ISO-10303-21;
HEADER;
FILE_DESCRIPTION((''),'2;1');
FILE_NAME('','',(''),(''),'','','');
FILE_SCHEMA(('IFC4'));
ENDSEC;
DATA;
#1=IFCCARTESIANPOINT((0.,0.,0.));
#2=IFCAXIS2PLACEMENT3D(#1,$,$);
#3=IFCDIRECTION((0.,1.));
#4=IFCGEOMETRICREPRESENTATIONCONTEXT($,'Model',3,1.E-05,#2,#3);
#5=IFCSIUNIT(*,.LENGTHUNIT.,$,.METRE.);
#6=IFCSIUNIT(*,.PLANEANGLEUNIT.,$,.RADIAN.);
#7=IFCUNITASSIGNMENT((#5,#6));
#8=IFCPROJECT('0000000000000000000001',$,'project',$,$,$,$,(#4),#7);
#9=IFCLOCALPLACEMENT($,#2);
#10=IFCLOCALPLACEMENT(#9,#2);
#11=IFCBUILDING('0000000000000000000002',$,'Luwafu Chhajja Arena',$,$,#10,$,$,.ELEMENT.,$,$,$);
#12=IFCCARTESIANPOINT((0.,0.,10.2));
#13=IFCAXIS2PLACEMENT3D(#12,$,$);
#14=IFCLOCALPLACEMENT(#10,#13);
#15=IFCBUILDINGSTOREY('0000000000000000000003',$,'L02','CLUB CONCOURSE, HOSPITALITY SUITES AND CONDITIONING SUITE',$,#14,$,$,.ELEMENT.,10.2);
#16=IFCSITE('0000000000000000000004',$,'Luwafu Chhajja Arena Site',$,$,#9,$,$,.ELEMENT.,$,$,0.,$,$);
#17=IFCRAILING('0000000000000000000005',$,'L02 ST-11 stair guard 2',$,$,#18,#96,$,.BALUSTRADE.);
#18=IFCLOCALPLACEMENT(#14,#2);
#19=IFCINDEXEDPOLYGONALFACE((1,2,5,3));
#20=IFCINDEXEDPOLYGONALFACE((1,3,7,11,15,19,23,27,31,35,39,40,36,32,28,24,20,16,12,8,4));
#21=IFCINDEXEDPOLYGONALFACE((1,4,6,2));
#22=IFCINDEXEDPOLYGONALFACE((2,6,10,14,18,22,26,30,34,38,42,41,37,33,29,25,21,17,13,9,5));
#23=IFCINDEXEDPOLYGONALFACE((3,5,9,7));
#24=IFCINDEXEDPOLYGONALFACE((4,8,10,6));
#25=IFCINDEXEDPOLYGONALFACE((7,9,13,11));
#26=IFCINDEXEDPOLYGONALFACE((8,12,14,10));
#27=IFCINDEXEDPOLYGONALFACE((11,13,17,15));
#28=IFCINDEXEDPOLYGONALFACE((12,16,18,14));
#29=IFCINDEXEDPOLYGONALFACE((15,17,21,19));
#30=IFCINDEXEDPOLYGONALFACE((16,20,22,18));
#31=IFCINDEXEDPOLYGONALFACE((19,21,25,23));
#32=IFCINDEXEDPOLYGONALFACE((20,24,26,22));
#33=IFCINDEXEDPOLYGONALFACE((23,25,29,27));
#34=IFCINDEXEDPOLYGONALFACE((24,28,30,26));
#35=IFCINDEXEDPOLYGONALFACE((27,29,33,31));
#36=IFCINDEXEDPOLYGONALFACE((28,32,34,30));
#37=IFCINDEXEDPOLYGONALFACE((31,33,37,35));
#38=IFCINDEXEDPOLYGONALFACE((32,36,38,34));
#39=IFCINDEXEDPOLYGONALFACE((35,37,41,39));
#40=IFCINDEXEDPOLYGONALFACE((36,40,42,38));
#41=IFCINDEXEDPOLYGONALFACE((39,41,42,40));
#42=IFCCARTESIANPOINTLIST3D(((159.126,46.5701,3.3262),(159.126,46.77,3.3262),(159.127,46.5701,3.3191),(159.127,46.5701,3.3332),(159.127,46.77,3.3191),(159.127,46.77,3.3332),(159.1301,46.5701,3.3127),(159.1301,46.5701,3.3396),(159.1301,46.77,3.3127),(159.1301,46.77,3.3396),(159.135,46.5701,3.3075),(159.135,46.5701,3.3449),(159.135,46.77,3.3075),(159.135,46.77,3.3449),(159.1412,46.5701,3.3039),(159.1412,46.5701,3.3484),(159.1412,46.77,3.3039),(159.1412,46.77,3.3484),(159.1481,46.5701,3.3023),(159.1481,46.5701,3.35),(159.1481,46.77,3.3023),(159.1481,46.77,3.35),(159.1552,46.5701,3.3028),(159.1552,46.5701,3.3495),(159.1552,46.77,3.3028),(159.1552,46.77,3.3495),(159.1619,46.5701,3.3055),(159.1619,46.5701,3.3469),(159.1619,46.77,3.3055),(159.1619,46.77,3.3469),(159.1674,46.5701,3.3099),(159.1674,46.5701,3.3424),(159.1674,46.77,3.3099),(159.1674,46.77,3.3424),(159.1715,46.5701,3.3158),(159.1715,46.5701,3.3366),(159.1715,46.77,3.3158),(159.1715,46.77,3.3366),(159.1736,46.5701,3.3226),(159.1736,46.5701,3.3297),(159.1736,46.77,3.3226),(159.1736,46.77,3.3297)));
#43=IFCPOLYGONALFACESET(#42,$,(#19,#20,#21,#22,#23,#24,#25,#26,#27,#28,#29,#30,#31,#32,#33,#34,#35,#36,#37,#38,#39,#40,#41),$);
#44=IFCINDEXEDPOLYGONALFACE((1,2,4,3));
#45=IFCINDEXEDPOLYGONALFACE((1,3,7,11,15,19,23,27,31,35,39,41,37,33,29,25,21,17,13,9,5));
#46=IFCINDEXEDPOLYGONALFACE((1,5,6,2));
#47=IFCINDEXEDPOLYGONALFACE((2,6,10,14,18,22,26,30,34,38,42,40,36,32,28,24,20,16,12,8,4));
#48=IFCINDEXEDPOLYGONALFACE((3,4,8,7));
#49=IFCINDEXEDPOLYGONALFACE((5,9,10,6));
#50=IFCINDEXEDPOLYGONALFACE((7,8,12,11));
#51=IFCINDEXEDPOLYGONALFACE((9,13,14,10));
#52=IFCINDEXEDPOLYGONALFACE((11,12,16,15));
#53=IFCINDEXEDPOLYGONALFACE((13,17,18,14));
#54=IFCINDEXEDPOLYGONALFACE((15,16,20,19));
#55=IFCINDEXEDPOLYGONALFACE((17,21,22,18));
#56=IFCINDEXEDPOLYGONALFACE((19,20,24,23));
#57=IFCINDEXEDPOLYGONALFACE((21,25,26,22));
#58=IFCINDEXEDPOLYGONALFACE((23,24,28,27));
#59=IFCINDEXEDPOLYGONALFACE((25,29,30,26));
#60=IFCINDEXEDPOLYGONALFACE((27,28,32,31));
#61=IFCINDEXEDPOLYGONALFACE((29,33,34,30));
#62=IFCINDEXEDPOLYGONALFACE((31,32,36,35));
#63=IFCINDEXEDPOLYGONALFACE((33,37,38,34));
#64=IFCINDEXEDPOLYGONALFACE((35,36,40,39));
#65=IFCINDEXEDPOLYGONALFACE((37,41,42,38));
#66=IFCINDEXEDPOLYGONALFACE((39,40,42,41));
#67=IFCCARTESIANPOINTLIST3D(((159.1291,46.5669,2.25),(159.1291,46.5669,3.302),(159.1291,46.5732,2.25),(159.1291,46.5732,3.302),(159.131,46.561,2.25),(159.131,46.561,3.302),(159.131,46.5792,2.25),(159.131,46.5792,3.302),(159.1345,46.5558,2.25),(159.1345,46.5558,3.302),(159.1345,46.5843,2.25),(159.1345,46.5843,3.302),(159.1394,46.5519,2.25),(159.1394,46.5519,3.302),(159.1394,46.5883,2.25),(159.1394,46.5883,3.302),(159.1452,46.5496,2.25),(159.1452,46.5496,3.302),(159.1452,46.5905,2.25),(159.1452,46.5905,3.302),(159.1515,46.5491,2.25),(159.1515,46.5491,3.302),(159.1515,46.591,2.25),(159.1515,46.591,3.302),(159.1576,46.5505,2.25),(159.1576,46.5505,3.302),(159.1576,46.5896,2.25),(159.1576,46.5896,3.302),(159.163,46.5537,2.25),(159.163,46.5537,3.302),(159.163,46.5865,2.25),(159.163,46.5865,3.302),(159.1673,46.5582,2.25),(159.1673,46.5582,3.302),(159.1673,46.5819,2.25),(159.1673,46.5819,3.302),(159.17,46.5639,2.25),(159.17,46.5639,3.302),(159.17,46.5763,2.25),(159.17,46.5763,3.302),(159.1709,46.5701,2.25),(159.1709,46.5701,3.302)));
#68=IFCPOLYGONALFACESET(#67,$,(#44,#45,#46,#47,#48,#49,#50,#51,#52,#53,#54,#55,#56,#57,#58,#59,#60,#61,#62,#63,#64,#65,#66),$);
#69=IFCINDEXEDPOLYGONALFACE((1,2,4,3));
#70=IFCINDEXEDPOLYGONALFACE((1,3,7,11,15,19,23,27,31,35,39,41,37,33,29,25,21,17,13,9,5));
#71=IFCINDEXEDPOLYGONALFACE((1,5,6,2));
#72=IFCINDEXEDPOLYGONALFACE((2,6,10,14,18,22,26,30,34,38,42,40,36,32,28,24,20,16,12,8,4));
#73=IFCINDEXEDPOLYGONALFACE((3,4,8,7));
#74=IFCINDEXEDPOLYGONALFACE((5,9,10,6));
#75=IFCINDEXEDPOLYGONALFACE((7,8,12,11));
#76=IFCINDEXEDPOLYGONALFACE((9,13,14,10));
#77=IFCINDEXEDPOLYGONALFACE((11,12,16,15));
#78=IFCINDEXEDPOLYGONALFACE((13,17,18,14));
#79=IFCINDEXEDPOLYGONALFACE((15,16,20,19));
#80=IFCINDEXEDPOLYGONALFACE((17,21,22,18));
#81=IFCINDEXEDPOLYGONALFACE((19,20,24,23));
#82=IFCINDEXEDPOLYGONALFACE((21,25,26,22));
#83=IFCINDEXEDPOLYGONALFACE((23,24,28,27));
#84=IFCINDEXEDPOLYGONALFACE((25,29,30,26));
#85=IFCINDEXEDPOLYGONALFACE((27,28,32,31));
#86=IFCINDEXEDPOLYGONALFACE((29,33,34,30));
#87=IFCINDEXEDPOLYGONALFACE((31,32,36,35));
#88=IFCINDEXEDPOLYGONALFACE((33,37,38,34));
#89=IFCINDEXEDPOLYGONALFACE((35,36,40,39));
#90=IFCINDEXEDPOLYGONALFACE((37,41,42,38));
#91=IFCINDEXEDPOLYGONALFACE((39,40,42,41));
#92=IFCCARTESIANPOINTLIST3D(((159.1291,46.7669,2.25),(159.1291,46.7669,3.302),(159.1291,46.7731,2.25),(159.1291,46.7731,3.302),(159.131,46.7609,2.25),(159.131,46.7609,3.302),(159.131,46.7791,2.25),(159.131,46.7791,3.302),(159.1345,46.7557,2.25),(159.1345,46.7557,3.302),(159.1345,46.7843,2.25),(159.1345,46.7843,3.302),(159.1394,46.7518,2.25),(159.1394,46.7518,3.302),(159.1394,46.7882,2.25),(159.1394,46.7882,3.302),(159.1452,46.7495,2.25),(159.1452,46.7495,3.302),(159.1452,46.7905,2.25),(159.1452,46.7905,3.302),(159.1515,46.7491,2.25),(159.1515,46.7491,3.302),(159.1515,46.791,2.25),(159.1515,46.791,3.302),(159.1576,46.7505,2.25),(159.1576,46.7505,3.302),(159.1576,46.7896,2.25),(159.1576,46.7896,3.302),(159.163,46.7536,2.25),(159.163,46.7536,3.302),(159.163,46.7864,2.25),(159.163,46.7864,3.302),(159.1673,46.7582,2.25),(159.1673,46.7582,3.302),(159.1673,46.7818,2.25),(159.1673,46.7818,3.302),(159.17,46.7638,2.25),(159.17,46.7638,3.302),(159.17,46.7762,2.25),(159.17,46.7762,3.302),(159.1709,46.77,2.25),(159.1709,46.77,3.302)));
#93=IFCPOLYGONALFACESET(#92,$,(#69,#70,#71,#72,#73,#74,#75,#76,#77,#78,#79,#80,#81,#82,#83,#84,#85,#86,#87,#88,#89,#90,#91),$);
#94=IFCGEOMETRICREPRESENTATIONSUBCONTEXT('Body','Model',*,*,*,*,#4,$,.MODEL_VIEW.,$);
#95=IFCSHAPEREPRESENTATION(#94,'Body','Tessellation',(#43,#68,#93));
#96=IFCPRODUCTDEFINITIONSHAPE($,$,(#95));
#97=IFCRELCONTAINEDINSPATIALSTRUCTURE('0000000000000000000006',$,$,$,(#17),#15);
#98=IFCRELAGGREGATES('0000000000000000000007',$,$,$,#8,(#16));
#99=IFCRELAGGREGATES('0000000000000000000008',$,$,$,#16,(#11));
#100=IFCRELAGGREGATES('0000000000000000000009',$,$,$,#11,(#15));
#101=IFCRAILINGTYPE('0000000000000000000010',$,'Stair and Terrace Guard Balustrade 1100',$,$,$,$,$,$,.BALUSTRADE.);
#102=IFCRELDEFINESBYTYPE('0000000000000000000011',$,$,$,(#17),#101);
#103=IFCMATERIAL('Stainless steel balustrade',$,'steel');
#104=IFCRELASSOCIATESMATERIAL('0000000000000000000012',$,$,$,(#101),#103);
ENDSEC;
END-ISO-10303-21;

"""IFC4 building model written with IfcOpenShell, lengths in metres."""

from ifc_helpers import new_model, si_unit, direction, frame, origin, origin_2d, place, context, subcontext, project, spatial, circle, extrude, material, type_object, element, save


model = new_model("IFC4")

# Units and contexts
model_context = context("Model", 3, precision=1e-05, world=origin(), true_north=direction((0.0, 1.0)))
body_context = subcontext(model_context, "Body", "Model", "MODEL_VIEW")
ifc_project = project(units=[si_unit("LENGTHUNIT", "METRE"), si_unit("PLANEANGLEUNIT", "RADIAN")], contexts=[model_context])

# Site, building, storey
site_placement = place(None, origin())
site = spatial("IfcSite", under=ifc_project, at=site_placement, Name="Luwafu Chhajja Arena Site", CompositionType="ELEMENT", RefElevation=0.0)
building_placement = place(site_placement, origin())
building = spatial("IfcBuilding", under=site, at=building_placement, Name="Luwafu Chhajja Arena", CompositionType="ELEMENT")
storey_placement = place(building_placement, frame((0.0, 0.0, 10.2)))
storey = spatial("IfcBuildingStorey", under=building, at=storey_placement, Name="L02", Description="CLUB CONCOURSE, HOSPITALITY SUITES AND CONDITIONING SUITE", CompositionType="ELEMENT", Elevation=10.2)

# Railing
ifc_material_1 = material(Name="Stainless steel balustrade", Category="steel")
railing_type_1 = type_object("IfcRailingType", Name="Stair and Terrace Guard Balustrade 1100", PredefinedType="BALUSTRADE", material=ifc_material_1)
railing_1_placement = place(storey_placement, frame((159.1499, 46.5701, 2.25)))
element("IfcRailing", 1, at=railing_1_placement, inside=storey, type_object=railing_type_1, Name="L02 ST-11 stair guard 2", PredefinedType="BALUSTRADE", context=body_context, shape_type="SweptSolid", body=[
    extrude(circle(Radius=0.0239, at=origin_2d()), frame((0.0, 0.0, 1.0762), z_axis=(0.0, 1.0, 0.0), x_axis=(-1.0, 0.0, 0.0)), (0.0, 0.0, 1.0), 0.2),
    extrude(circle(Radius=0.021, at=origin_2d()), origin(), (0.0, 0.0, 1.0), 1.052),
    extrude(circle(Radius=0.021, at=origin_2d()), frame((0.0, 0.2, 0.0)), (0.0, 0.0, 1.0), 1.052),
])

save(model, "model.ifc")
